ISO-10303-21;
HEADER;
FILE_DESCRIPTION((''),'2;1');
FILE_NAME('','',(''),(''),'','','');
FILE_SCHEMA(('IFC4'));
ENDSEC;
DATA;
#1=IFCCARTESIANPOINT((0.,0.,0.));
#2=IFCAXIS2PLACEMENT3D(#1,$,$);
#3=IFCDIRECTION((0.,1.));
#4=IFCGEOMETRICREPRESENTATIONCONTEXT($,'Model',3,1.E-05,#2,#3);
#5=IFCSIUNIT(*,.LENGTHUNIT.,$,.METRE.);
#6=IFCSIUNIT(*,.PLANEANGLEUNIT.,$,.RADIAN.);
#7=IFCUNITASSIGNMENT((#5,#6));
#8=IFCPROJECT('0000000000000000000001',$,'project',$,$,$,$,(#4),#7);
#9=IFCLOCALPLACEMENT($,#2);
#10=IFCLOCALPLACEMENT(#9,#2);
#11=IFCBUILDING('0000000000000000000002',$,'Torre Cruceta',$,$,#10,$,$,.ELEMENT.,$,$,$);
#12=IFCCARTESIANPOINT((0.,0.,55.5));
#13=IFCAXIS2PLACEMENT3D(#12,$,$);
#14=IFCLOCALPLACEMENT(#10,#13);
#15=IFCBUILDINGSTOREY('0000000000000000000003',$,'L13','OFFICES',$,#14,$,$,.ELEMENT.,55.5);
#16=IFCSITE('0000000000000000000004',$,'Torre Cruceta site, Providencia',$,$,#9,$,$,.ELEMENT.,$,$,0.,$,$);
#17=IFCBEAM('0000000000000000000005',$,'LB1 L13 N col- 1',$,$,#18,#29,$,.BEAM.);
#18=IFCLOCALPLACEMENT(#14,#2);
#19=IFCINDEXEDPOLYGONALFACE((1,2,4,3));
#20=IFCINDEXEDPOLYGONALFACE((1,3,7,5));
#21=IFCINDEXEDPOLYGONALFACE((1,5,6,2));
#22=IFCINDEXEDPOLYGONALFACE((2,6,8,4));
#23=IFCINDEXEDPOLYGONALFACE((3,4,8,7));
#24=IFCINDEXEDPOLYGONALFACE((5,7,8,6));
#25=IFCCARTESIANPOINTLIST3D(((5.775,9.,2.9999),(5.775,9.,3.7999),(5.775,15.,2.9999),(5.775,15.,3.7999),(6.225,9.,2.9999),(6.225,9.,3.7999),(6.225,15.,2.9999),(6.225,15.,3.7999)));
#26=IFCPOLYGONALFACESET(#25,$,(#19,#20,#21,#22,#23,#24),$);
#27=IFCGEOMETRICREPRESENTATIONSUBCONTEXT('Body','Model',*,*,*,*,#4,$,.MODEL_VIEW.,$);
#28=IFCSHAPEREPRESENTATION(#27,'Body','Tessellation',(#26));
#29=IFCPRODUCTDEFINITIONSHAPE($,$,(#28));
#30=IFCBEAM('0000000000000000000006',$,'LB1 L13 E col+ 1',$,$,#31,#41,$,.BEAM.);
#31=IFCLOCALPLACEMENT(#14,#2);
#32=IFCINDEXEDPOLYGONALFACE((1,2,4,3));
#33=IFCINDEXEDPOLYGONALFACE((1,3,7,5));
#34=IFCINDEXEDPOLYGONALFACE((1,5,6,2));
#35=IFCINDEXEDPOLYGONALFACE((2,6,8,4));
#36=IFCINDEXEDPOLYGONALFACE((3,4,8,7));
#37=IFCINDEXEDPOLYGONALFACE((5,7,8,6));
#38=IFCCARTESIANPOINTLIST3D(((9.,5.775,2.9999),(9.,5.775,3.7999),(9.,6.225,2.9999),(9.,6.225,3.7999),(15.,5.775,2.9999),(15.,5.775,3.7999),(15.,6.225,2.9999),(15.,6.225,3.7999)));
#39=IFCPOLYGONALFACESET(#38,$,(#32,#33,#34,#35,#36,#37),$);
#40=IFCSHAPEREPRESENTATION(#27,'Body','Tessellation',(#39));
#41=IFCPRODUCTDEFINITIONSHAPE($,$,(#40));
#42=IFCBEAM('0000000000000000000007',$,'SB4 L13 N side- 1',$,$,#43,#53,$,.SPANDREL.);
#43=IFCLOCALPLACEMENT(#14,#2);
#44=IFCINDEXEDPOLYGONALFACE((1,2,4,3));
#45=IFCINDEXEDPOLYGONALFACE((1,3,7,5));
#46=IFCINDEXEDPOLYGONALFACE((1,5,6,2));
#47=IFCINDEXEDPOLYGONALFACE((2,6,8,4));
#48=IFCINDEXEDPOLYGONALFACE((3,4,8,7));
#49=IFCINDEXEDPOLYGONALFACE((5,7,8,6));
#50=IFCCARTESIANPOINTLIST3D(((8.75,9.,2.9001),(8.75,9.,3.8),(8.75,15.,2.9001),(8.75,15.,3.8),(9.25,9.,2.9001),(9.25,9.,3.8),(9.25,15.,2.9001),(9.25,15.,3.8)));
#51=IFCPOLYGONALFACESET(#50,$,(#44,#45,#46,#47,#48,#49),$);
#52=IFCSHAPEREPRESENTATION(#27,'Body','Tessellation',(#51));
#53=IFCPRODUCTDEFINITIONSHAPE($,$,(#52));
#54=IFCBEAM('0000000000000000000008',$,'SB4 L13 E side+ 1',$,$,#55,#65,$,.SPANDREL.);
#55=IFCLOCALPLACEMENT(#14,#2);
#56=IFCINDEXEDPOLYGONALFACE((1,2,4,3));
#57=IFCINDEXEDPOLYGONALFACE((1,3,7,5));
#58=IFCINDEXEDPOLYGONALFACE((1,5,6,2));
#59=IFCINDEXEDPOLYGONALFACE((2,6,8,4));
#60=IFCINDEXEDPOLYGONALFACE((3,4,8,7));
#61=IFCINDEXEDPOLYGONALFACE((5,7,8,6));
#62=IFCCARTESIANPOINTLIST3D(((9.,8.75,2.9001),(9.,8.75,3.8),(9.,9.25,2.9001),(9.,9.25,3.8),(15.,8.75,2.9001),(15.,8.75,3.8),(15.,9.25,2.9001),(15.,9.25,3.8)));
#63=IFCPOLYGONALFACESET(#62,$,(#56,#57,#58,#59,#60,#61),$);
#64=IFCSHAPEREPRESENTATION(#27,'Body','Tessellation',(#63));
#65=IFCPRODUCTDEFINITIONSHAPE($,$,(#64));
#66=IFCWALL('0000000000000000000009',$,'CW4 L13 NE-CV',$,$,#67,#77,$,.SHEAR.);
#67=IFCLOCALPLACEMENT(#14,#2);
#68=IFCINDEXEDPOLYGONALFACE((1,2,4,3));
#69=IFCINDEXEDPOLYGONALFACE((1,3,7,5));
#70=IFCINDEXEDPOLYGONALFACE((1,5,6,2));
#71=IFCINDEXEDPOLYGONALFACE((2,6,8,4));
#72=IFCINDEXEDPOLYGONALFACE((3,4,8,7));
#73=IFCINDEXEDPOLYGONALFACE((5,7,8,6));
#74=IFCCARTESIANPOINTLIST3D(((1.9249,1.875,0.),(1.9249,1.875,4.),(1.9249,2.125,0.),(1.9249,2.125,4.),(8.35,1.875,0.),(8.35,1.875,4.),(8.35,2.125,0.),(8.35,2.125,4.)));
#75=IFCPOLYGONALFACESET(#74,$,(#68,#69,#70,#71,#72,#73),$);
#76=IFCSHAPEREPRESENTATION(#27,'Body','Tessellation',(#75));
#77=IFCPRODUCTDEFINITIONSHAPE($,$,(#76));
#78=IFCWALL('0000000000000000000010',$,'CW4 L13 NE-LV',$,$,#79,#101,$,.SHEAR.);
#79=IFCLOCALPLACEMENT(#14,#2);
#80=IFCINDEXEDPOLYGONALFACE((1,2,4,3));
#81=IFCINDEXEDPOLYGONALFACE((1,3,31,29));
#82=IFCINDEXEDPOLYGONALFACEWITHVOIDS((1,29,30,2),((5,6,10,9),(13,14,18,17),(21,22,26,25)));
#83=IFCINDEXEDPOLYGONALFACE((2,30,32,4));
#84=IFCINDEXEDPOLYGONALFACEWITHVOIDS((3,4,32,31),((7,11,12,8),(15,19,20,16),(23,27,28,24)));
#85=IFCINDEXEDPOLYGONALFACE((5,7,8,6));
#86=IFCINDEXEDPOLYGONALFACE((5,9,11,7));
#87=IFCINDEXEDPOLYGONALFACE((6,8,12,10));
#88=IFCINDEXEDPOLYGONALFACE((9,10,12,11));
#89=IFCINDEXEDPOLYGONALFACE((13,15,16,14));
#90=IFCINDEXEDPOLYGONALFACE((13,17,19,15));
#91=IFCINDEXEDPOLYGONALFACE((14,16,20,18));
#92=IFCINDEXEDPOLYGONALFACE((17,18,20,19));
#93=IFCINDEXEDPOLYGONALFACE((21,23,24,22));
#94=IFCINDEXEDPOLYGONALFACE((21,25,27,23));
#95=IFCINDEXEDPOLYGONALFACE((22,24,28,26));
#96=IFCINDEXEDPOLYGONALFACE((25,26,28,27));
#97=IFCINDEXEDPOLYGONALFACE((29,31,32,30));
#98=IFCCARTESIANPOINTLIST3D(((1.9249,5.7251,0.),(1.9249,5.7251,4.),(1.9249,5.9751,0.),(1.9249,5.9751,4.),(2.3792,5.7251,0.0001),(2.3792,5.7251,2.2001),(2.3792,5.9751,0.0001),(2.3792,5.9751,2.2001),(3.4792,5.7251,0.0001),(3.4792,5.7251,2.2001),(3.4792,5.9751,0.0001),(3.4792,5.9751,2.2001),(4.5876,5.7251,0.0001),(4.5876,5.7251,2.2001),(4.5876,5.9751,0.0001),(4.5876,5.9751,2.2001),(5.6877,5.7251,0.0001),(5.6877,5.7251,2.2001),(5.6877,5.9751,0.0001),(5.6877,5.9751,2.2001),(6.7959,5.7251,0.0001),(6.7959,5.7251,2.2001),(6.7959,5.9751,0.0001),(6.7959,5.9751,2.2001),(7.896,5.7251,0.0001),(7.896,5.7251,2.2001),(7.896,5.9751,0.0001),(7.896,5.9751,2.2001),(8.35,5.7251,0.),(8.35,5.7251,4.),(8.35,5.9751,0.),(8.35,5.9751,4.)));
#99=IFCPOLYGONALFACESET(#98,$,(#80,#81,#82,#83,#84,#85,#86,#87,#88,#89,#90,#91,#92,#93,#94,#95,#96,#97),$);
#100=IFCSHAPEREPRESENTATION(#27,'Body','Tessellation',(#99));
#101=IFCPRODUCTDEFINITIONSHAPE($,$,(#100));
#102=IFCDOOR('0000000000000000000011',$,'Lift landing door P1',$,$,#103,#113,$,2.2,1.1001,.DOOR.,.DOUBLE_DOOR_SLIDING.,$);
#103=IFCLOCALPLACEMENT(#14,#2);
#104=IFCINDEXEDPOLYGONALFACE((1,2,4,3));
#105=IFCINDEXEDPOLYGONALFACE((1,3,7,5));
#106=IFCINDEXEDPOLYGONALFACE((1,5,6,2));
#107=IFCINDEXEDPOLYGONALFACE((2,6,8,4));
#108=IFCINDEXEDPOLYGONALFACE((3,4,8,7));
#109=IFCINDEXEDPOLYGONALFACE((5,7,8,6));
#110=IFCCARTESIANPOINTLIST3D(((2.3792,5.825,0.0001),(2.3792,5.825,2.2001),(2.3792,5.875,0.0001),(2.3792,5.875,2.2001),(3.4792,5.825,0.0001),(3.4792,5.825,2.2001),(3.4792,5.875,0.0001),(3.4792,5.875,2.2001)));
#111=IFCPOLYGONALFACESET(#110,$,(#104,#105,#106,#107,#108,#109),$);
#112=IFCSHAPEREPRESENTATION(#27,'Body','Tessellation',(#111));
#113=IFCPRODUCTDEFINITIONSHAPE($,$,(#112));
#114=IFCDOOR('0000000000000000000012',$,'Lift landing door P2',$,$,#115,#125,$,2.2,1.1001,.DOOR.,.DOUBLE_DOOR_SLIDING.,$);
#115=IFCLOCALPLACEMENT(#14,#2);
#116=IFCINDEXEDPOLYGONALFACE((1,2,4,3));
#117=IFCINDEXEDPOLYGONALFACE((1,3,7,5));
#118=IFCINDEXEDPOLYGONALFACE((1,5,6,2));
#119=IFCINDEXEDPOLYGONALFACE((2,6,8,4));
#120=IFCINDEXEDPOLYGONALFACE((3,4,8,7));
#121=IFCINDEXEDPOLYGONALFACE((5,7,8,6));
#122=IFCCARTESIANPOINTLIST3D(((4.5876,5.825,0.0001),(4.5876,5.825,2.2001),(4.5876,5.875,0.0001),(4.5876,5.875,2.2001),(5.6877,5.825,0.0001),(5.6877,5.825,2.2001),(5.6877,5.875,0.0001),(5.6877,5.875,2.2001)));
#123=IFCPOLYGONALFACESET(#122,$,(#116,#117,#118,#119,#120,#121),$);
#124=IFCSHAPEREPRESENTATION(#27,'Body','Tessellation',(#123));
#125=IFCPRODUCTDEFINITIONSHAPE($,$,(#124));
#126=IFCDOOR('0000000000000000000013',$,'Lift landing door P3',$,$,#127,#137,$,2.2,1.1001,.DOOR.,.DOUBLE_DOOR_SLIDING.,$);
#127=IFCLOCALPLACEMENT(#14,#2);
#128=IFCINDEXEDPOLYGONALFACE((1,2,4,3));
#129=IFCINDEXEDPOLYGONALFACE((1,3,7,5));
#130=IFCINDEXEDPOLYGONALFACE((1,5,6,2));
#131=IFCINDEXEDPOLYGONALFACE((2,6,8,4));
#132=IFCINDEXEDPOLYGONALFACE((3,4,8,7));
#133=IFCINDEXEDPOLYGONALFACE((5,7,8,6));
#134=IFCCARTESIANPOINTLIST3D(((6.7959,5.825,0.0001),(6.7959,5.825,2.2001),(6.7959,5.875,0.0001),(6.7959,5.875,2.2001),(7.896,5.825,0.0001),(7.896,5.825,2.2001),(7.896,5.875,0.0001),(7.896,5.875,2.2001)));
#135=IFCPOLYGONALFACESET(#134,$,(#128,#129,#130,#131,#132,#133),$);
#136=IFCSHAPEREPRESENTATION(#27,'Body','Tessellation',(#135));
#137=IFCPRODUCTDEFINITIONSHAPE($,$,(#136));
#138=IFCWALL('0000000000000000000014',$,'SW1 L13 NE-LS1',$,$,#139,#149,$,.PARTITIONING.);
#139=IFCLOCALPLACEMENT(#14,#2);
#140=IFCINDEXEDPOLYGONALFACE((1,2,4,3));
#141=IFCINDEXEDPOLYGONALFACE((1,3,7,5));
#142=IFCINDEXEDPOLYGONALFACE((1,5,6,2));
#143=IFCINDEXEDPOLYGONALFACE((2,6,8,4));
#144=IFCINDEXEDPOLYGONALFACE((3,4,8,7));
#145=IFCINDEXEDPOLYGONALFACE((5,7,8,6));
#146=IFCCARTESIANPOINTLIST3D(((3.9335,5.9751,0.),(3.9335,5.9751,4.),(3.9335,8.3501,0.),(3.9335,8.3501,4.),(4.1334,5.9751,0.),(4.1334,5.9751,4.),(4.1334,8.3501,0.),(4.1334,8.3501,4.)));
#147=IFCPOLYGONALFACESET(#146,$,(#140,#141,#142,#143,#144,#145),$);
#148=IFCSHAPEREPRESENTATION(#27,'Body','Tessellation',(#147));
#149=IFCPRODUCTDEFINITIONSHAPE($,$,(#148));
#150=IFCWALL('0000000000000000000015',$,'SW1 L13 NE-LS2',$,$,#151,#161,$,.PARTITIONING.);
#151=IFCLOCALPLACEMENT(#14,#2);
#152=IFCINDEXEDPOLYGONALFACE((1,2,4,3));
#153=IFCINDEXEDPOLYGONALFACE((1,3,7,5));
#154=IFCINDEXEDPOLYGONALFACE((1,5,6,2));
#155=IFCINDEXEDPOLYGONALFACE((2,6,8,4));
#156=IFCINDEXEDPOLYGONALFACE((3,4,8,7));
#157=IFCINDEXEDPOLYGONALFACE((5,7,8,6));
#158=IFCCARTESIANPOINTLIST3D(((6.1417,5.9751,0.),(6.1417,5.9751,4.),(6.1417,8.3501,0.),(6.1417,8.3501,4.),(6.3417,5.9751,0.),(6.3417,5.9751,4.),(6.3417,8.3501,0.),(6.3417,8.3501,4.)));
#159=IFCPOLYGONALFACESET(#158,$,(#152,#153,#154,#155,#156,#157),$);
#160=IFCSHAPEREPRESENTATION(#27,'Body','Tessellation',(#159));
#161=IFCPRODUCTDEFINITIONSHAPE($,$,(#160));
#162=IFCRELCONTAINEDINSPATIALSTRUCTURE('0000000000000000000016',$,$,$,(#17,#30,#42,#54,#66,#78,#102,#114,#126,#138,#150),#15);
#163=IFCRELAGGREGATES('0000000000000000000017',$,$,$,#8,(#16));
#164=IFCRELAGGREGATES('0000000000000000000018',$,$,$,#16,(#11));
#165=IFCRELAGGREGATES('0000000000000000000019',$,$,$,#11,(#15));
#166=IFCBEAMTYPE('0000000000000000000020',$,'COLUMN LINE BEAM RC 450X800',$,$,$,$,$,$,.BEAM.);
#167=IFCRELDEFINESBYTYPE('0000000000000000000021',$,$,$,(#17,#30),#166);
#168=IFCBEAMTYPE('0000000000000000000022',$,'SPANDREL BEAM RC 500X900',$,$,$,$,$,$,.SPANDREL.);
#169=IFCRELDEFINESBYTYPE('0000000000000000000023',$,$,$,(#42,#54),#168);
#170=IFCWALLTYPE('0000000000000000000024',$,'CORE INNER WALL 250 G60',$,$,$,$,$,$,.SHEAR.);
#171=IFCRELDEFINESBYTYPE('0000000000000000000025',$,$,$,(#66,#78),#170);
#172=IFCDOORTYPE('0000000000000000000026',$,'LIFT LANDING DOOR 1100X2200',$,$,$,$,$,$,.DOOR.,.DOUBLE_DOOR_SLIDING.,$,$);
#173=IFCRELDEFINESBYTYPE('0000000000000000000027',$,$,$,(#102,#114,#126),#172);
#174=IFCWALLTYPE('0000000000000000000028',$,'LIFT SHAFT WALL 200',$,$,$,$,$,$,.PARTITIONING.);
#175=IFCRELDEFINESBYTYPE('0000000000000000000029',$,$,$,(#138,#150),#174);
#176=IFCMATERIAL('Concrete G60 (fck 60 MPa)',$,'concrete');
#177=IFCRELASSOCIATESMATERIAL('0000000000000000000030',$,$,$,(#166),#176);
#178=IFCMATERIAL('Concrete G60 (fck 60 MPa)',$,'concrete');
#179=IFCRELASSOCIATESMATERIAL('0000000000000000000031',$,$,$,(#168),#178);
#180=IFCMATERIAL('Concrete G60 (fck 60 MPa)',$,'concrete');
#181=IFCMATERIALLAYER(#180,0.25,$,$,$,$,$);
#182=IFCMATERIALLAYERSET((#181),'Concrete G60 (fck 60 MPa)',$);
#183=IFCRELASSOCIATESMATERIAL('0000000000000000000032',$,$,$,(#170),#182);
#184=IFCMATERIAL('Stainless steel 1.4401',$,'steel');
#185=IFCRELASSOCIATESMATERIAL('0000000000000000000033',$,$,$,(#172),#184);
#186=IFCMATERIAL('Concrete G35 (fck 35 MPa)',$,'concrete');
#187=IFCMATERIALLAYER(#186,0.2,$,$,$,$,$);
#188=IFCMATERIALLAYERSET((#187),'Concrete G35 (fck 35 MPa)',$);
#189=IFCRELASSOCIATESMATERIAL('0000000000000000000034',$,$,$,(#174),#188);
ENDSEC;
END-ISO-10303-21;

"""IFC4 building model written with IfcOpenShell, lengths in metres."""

from ifc_helpers import new_model, si_unit, direction, frame, frame_2d, origin, origin_2d, place, context, subcontext, project, spatial, rectangle, extrude, material, layer, layer_set, material_profile, profile_set, type_object, element, fill, save


model = new_model("IFC4")

# Units and contexts
model_context = context("Model", 3, precision=1e-05, world=origin(), true_north=direction((0.0, 1.0)))
body_context = subcontext(model_context, "Body", "Model", "MODEL_VIEW")
ifc_project = project(units=[si_unit("LENGTHUNIT", "METRE"), si_unit("PLANEANGLEUNIT", "RADIAN")], contexts=[model_context])

# Site, building, storey
site_placement = place(None, origin())
site = spatial("IfcSite", under=ifc_project, at=site_placement, Name="Torre Cruceta site, Providencia", CompositionType="ELEMENT", RefElevation=0.0)
building_placement = place(site_placement, origin())
building = spatial("IfcBuilding", under=site, at=building_placement, Name="Torre Cruceta", CompositionType="ELEMENT")
storey_placement = place(building_placement, frame((0.0, 0.0, 55.5)))
storey = spatial("IfcBuildingStorey", under=building, at=storey_placement, Name="L13", Description="OFFICES", CompositionType="ELEMENT", Elevation=55.5)

# Beams
ifc_material_1 = material(Name="Concrete G60 (fck 60 MPa)", Category="concrete")
ifc_material_profile_1 = material_profile(ifc_material_1, rectangle(XDim=0.45, YDim=0.8, at=origin_2d()), Name="RC 450X800")
ifc_profile_set_1 = profile_set([ifc_material_profile_1], Name="Concrete G60 (fck 60 MPa)")
beam_type_1 = type_object("IfcBeamType", Name="COLUMN LINE BEAM RC 450X800", PredefinedType="BEAM", material=ifc_profile_set_1)
for number, where, z_axis, x_axis, name in (
    (1, (6.0, 9.0, 3.3999), (0.0, 1.0, 0.0), (-1.0, 0.0, 0.0), "LB1 L13 N col- 1"),
    (2, (9.0, 6.0, 3.3999), (1.0, 0.0, 0.0), (0.0, 1.0, 0.0), "LB1 L13 E col+ 1"),
):
    element("IfcBeam", number, at=place(storey_placement, frame(where, z_axis=z_axis, x_axis=x_axis)), inside=storey, type_object=beam_type_1, Name=name, PredefinedType="BEAM", context=body_context, shape_type="SweptSolid", body=[
        extrude(rectangle(XDim=0.45, YDim=0.8, at=origin_2d()), origin(), (0.0, 0.0, 1.0), 6.0),
    ])
ifc_material_2 = material(Name="Concrete G60 (fck 60 MPa)", Category="concrete")
ifc_material_profile_2 = material_profile(ifc_material_2, rectangle(XDim=0.5, YDim=0.8999, at=origin_2d()), Name="RC 500X900")
ifc_profile_set_2 = profile_set([ifc_material_profile_2], Name="Concrete G60 (fck 60 MPa)")
beam_type_2 = type_object("IfcBeamType", Name="SPANDREL BEAM RC 500X900", PredefinedType="SPANDREL", material=ifc_profile_set_2)
for number, where, z_axis, x_axis, name in (
    (3, (9.0, 9.0, 3.3501), (0.0, 1.0, 0.0), (-1.0, 0.0, 0.0), "SB4 L13 N side- 1"),
    (4, (9.0, 9.0, 3.3501), (1.0, 0.0, 0.0), (0.0, 1.0, 0.0), "SB4 L13 E side+ 1"),
):
    element("IfcBeam", number, at=place(storey_placement, frame(where, z_axis=z_axis, x_axis=x_axis)), inside=storey, type_object=beam_type_2, Name=name, PredefinedType="SPANDREL", context=body_context, shape_type="SweptSolid", body=[
        extrude(rectangle(XDim=0.5, YDim=0.8999, at=origin_2d()), origin(), (0.0, 0.0, 1.0), 6.0),
    ])

# Wall
ifc_material_3 = material(Name="Concrete G60 (fck 60 MPa)", Category="concrete")
ifc_layer_1 = layer(ifc_material_3, 0.25)
ifc_layer_set_1 = layer_set([ifc_layer_1], Name="Concrete G60 (fck 60 MPa)")
wall_type_1 = type_object("IfcWallType", Name="CORE INNER WALL 250 G60", PredefinedType="SHEAR", material=ifc_layer_set_1)
wall_1_placement = place(storey_placement, frame((1.925, 2.0, 0.0), z_axis=(0.0, 0.0, 1.0), x_axis=(1.0, 0.0, 0.0)))
element("IfcWall", 5, at=wall_1_placement, inside=storey, type_object=wall_type_1, Name="CW4 L13 NE-CV", PredefinedType="SHEAR", context=body_context, shape_type="SweptSolid", body=[
    extrude(rectangle(XDim=6.425, YDim=0.25, at=frame_2d((3.2124, 0.0))), origin(), (0.0, 0.0, 1.0), 4.0),
])

# Wall, openings, doors
wall_2_placement = place(storey_placement, frame((1.925, 5.8501, 0.0), z_axis=(0.0, 0.0, 1.0), x_axis=(1.0, 0.0, 0.0)))
wall_2 = element("IfcWall", 6, at=wall_2_placement, inside=storey, type_object=wall_type_1, Name="CW4 L13 NE-LV", PredefinedType="SHEAR", context=body_context, shape_type="SweptSolid", body=[
    extrude(rectangle(XDim=6.425, YDim=0.25, at=frame_2d((3.2124, 0.0))), origin(), (0.0, 0.0, 1.0), 4.0),
])
opening_1_placement = place(wall_2_placement, frame((0.4541, 0.0, 0.0)))
opening_1 = element("IfcOpeningElement", 7, at=opening_1_placement, cuts=wall_2, PredefinedType="OPENING", context=body_context, shape_type="SweptSolid", body=[
    extrude(rectangle(XDim=1.1001, YDim=2.2, at=frame_2d((0.55, 1.1001))), frame((0.0, 0.135, 0.0), z_axis=(0.0, -1.0, 0.0), x_axis=(1.0, 0.0, 0.0)), (0.0, 0.0, 1.0), 0.27),
])
opening_2_placement = place(wall_2_placement, frame((2.6626, 0.0, 0.0)))
opening_2 = element("IfcOpeningElement", 8, at=opening_2_placement, cuts=wall_2, PredefinedType="OPENING", context=body_context, shape_type="SweptSolid", body=[
    extrude(rectangle(XDim=1.1001, YDim=2.2, at=frame_2d((0.55, 1.1001))), frame((0.0, 0.135, 0.0), z_axis=(0.0, -1.0, 0.0), x_axis=(1.0, 0.0, 0.0)), (0.0, 0.0, 1.0), 0.27),
])
opening_3_placement = place(wall_2_placement, frame((4.8708, 0.0, 0.0)))
opening_3 = element("IfcOpeningElement", 9, at=opening_3_placement, cuts=wall_2, PredefinedType="OPENING", context=body_context, shape_type="SweptSolid", body=[
    extrude(rectangle(XDim=1.1001, YDim=2.2, at=frame_2d((0.55, 1.1001))), frame((0.0, 0.135, 0.0), z_axis=(0.0, -1.0, 0.0), x_axis=(1.0, 0.0, 0.0)), (0.0, 0.0, 1.0), 0.27),
])
ifc_material_4 = material(Name="Stainless steel 1.4401", Category="steel")
door_type_1 = type_object("IfcDoorType", Name="LIFT LANDING DOOR 1100X2200", OperationType="DOUBLE_DOOR_SLIDING", PredefinedType="DOOR", material=ifc_material_4)
door_1_placement = place(opening_1_placement, origin())
door_1 = element("IfcDoor", 10, at=door_1_placement, inside=storey, type_object=door_type_1, Name="Lift landing door P1", OperationType="DOUBLE_DOOR_SLIDING", OverallHeight=2.2, OverallWidth=1.1001, PredefinedType="DOOR", context=body_context, shape_type="SweptSolid", body=[
    extrude(rectangle(XDim=1.1001, YDim=2.2, at=frame_2d((0.55, 1.1001))), frame((0.0, 0.0249, 0.0), z_axis=(0.0, -1.0, 0.0), x_axis=(1.0, 0.0, 0.0)), (0.0, 0.0, 1.0), 0.05),
])
fill(opening_1, door_1)
door_2_placement = place(opening_2_placement, origin())
door_2 = element("IfcDoor", 11, at=door_2_placement, inside=storey, type_object=door_type_1, Name="Lift landing door P2", OperationType="DOUBLE_DOOR_SLIDING", OverallHeight=2.2, OverallWidth=1.1001, PredefinedType="DOOR", context=body_context, shape_type="SweptSolid", body=[
    extrude(rectangle(XDim=1.1001, YDim=2.2, at=frame_2d((0.55, 1.1001))), frame((0.0, 0.0249, 0.0), z_axis=(0.0, -1.0, 0.0), x_axis=(1.0, 0.0, 0.0)), (0.0, 0.0, 1.0), 0.05),
])
fill(opening_2, door_2)
door_3_placement = place(opening_3_placement, origin())
door_3 = element("IfcDoor", 12, at=door_3_placement, inside=storey, type_object=door_type_1, Name="Lift landing door P3", OperationType="DOUBLE_DOOR_SLIDING", OverallHeight=2.2, OverallWidth=1.1001, PredefinedType="DOOR", context=body_context, shape_type="SweptSolid", body=[
    extrude(rectangle(XDim=1.1001, YDim=2.2, at=frame_2d((0.55, 1.1001))), frame((0.0, 0.0249, 0.0), z_axis=(0.0, -1.0, 0.0), x_axis=(1.0, 0.0, 0.0)), (0.0, 0.0, 1.0), 0.05),
])
fill(opening_3, door_3)

# Walls
ifc_material_5 = material(Name="Concrete G35 (fck 35 MPa)", Category="concrete")
ifc_layer_2 = layer(ifc_material_5, 0.2)
ifc_layer_set_2 = layer_set([ifc_layer_2], Name="Concrete G35 (fck 35 MPa)")
wall_type_2 = type_object("IfcWallType", Name="LIFT SHAFT WALL 200", PredefinedType="PARTITIONING", material=ifc_layer_set_2)
for number, where, z_axis, x_axis, name in (
    (13, (4.0334, 5.9751, 0.0), (0.0, 0.0, 1.0), (0.0, 1.0, 0.0), "SW1 L13 NE-LS1"),
    (14, (6.2417, 5.9751, 0.0), (0.0, 0.0, 1.0), (0.0, 1.0, 0.0), "SW1 L13 NE-LS2"),
):
    element("IfcWall", number, at=place(storey_placement, frame(where, z_axis=z_axis, x_axis=x_axis)), inside=storey, type_object=wall_type_2, Name=name, PredefinedType="PARTITIONING", context=body_context, shape_type="SweptSolid", body=[
        extrude(rectangle(XDim=2.375, YDim=0.2, at=frame_2d((1.1875, 0.0))), origin(), (0.0, 0.0, 1.0), 4.0),
    ])

save(model, "model.ifc")
